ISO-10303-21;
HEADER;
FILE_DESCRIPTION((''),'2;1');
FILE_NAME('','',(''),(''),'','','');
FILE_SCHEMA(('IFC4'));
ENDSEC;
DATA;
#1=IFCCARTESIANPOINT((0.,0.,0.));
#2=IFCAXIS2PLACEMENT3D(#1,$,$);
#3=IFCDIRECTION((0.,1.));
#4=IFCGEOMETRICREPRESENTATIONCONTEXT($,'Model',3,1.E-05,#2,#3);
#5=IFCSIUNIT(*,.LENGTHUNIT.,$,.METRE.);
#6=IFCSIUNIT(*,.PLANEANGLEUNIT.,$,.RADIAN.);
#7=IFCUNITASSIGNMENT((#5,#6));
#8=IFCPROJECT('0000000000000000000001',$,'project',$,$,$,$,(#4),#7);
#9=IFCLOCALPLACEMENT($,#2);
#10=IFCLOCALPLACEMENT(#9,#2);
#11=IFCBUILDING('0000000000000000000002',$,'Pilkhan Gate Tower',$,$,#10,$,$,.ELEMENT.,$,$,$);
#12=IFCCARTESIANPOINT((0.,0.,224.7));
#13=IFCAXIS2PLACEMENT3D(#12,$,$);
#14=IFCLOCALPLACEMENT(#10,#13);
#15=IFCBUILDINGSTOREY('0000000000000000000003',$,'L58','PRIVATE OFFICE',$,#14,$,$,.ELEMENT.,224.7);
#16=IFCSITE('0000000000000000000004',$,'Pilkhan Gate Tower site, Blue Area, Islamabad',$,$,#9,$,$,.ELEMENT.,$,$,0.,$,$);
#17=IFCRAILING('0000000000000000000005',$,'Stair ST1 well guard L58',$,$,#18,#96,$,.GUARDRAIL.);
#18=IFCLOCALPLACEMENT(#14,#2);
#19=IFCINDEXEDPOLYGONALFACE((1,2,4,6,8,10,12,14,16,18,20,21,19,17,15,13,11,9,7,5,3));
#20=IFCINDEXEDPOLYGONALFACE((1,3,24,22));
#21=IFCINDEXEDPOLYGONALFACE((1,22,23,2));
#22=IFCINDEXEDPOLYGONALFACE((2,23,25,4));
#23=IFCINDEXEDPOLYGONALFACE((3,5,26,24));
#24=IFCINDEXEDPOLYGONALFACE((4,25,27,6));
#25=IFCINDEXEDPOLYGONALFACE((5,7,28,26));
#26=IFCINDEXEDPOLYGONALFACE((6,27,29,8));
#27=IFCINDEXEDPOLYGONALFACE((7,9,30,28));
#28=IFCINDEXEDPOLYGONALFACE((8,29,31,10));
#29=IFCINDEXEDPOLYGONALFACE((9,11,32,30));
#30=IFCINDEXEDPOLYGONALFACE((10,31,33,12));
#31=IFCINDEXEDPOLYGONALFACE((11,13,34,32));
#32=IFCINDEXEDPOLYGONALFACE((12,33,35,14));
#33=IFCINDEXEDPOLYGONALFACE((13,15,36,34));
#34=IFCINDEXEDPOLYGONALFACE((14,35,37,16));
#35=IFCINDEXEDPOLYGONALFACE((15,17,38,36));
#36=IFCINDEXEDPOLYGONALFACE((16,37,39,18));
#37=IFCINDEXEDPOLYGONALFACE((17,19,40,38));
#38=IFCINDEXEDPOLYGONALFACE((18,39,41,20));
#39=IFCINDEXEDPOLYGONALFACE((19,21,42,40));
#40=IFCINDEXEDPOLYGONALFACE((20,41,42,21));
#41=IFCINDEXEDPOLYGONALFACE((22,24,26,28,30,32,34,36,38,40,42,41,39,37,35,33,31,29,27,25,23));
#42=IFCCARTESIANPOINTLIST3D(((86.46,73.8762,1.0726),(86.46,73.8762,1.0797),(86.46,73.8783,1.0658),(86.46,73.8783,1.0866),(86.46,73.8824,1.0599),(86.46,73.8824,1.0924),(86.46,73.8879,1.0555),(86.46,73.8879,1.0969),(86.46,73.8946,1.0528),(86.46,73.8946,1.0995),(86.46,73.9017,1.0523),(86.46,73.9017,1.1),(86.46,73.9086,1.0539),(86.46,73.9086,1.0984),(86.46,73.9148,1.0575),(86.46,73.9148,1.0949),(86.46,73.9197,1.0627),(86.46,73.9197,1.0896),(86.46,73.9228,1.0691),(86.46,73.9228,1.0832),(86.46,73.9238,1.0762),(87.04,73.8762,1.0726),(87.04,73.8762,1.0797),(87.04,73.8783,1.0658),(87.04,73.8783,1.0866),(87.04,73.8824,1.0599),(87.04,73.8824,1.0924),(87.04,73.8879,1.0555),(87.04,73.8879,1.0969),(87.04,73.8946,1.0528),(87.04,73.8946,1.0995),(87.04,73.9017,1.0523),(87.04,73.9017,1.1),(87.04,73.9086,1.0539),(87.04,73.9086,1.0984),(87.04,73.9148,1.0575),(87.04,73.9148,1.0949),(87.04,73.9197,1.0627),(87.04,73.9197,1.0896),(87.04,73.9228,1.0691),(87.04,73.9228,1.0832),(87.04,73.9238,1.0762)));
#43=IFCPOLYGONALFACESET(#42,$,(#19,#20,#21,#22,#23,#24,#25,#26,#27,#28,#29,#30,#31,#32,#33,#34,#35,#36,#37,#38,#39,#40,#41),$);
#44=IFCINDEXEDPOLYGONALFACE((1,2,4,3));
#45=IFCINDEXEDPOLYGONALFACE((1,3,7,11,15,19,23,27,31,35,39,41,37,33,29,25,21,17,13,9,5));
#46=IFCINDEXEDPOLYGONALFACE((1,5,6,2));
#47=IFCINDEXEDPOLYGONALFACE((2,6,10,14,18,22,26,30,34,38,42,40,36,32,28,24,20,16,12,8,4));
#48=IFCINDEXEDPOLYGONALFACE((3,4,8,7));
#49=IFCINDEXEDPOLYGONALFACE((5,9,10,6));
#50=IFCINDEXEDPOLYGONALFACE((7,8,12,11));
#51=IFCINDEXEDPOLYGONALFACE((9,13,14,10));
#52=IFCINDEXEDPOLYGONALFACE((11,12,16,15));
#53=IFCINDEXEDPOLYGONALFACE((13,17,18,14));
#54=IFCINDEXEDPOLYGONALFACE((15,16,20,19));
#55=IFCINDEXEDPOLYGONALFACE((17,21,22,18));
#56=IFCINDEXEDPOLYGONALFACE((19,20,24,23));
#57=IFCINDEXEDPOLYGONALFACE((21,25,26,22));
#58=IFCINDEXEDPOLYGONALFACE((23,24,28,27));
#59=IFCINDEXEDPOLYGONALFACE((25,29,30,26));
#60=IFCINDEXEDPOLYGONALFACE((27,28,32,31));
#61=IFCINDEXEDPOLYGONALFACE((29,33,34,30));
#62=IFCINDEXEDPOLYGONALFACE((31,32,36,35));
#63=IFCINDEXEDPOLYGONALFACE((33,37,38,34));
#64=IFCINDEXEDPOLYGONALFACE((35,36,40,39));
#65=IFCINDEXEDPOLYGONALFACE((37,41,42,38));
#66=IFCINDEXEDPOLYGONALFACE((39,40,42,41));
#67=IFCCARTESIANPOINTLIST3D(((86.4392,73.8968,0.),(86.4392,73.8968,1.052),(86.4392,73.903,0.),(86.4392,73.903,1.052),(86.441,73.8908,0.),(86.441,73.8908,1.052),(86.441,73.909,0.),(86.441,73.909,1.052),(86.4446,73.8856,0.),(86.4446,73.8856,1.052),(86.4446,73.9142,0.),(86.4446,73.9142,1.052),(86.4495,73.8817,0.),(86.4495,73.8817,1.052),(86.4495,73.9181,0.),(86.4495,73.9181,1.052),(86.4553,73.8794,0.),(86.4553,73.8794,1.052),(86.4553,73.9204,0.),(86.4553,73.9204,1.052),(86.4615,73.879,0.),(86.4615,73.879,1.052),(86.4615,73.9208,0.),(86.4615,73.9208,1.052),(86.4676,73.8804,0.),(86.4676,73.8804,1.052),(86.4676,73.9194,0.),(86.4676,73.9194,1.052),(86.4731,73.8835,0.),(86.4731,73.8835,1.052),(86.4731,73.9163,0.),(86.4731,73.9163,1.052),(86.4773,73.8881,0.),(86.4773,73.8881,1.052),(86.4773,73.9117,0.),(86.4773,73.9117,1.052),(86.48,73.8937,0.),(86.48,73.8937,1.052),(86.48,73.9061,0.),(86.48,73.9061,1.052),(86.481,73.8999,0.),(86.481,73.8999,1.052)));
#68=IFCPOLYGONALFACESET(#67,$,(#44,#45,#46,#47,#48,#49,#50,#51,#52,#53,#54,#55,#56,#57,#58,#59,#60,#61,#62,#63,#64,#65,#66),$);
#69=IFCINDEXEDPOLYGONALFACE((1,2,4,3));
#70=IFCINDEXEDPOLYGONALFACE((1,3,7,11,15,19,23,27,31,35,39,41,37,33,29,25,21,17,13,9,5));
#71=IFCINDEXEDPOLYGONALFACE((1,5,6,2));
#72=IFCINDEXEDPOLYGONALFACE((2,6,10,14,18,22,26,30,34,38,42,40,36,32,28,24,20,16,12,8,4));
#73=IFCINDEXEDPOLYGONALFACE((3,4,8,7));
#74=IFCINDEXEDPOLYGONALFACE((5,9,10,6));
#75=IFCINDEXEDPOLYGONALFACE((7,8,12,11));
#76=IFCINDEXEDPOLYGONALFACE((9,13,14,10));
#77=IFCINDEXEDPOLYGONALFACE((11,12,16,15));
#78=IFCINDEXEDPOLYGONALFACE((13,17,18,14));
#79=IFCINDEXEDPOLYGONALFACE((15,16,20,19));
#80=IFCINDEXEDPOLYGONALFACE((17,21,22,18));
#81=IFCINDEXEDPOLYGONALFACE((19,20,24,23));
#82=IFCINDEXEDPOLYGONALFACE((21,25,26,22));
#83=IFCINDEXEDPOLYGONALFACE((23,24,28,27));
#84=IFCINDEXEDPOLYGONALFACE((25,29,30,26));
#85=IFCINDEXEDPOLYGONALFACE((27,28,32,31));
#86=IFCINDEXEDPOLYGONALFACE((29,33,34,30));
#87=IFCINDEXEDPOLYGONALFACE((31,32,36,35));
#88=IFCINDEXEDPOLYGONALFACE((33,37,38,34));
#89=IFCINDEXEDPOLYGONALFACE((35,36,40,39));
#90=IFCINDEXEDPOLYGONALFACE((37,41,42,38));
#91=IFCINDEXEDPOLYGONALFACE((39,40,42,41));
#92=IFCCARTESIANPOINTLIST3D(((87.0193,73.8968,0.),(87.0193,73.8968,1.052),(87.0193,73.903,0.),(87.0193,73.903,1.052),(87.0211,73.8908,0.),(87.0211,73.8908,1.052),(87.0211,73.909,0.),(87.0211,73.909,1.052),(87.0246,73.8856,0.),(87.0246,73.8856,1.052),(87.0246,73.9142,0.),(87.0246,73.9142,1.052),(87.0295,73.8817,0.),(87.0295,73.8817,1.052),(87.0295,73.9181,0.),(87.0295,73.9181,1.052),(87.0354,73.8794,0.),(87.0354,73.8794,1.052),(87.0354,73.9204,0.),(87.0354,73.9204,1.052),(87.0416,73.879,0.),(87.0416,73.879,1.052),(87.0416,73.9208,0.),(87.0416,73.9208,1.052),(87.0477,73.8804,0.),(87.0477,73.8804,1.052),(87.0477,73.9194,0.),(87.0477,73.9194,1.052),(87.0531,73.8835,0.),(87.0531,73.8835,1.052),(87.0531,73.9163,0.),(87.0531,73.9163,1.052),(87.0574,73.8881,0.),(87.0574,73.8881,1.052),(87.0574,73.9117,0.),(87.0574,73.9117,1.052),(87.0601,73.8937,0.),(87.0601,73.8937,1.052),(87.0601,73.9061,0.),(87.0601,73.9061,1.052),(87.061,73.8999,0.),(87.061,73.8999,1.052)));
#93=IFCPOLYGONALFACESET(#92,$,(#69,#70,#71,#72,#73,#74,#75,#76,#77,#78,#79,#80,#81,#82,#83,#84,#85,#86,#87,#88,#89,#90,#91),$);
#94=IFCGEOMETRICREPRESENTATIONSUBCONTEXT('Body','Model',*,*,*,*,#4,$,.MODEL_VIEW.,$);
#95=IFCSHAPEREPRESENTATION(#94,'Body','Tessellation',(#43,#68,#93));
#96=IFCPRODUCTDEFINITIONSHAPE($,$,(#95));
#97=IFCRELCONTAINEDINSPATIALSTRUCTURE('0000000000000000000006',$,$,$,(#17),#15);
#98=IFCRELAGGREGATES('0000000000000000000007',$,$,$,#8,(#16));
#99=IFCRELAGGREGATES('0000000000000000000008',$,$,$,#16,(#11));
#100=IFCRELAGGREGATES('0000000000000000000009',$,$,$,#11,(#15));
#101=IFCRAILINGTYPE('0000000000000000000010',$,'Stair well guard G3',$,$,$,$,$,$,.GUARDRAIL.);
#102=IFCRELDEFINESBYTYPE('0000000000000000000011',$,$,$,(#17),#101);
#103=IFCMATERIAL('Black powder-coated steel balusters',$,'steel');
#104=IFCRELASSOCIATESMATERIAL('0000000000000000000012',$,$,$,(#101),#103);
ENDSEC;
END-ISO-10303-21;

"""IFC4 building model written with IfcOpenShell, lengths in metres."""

from ifc_helpers import new_model, si_unit, direction, frame, origin, origin_2d, place, context, subcontext, project, spatial, circle, extrude, material, type_object, element, save


model = new_model("IFC4")

# Units and contexts
model_context = context("Model", 3, precision=1e-05, world=origin(), true_north=direction((0.0, 1.0)))
body_context = subcontext(model_context, "Body", "Model", "MODEL_VIEW")
ifc_project = project(units=[si_unit("LENGTHUNIT", "METRE"), si_unit("PLANEANGLEUNIT", "RADIAN")], contexts=[model_context])

# Site, building, storey
site_placement = place(None, origin())
site = spatial("IfcSite", under=ifc_project, at=site_placement, Name="Pilkhan Gate Tower site, Blue Area, Islamabad", CompositionType="ELEMENT", RefElevation=0.0)
building_placement = place(site_placement, origin())
building = spatial("IfcBuilding", under=site, at=building_placement, Name="Pilkhan Gate Tower", CompositionType="ELEMENT")
storey_placement = place(building_placement, frame((0.0, 0.0, 224.7)))
storey = spatial("IfcBuildingStorey", under=building, at=storey_placement, Name="L58", Description="PRIVATE OFFICE", CompositionType="ELEMENT", Elevation=224.7)

# Railing
ifc_material_1 = material(Name="Black powder-coated steel balusters", Category="steel")
railing_type_1 = type_object("IfcRailingType", Name="Stair well guard G3", PredefinedType="GUARDRAIL", material=ifc_material_1)
railing_1_placement = place(storey_placement, frame((86.46, 73.8999, 0.0)))
element("IfcRailing", 1, at=railing_1_placement, inside=storey, type_object=railing_type_1, Name="Stair ST1 well guard L58", PredefinedType="GUARDRAIL", context=body_context, shape_type="SweptSolid", body=[
    extrude(circle(Radius=0.0239, at=origin_2d()), frame((0.0, 0.0, 1.0762), z_axis=(1.0, 0.0, 0.0), x_axis=(0.0, 1.0, 0.0)), (0.0, 0.0, 1.0), 0.5801),
    extrude(circle(Radius=0.021, at=origin_2d()), origin(), (0.0, 0.0, 1.0), 1.052),
    extrude(circle(Radius=0.021, at=origin_2d()), frame((0.5801, 0.0, 0.0)), (0.0, 0.0, 1.0), 1.052),
])

save(model, "model.ifc")
